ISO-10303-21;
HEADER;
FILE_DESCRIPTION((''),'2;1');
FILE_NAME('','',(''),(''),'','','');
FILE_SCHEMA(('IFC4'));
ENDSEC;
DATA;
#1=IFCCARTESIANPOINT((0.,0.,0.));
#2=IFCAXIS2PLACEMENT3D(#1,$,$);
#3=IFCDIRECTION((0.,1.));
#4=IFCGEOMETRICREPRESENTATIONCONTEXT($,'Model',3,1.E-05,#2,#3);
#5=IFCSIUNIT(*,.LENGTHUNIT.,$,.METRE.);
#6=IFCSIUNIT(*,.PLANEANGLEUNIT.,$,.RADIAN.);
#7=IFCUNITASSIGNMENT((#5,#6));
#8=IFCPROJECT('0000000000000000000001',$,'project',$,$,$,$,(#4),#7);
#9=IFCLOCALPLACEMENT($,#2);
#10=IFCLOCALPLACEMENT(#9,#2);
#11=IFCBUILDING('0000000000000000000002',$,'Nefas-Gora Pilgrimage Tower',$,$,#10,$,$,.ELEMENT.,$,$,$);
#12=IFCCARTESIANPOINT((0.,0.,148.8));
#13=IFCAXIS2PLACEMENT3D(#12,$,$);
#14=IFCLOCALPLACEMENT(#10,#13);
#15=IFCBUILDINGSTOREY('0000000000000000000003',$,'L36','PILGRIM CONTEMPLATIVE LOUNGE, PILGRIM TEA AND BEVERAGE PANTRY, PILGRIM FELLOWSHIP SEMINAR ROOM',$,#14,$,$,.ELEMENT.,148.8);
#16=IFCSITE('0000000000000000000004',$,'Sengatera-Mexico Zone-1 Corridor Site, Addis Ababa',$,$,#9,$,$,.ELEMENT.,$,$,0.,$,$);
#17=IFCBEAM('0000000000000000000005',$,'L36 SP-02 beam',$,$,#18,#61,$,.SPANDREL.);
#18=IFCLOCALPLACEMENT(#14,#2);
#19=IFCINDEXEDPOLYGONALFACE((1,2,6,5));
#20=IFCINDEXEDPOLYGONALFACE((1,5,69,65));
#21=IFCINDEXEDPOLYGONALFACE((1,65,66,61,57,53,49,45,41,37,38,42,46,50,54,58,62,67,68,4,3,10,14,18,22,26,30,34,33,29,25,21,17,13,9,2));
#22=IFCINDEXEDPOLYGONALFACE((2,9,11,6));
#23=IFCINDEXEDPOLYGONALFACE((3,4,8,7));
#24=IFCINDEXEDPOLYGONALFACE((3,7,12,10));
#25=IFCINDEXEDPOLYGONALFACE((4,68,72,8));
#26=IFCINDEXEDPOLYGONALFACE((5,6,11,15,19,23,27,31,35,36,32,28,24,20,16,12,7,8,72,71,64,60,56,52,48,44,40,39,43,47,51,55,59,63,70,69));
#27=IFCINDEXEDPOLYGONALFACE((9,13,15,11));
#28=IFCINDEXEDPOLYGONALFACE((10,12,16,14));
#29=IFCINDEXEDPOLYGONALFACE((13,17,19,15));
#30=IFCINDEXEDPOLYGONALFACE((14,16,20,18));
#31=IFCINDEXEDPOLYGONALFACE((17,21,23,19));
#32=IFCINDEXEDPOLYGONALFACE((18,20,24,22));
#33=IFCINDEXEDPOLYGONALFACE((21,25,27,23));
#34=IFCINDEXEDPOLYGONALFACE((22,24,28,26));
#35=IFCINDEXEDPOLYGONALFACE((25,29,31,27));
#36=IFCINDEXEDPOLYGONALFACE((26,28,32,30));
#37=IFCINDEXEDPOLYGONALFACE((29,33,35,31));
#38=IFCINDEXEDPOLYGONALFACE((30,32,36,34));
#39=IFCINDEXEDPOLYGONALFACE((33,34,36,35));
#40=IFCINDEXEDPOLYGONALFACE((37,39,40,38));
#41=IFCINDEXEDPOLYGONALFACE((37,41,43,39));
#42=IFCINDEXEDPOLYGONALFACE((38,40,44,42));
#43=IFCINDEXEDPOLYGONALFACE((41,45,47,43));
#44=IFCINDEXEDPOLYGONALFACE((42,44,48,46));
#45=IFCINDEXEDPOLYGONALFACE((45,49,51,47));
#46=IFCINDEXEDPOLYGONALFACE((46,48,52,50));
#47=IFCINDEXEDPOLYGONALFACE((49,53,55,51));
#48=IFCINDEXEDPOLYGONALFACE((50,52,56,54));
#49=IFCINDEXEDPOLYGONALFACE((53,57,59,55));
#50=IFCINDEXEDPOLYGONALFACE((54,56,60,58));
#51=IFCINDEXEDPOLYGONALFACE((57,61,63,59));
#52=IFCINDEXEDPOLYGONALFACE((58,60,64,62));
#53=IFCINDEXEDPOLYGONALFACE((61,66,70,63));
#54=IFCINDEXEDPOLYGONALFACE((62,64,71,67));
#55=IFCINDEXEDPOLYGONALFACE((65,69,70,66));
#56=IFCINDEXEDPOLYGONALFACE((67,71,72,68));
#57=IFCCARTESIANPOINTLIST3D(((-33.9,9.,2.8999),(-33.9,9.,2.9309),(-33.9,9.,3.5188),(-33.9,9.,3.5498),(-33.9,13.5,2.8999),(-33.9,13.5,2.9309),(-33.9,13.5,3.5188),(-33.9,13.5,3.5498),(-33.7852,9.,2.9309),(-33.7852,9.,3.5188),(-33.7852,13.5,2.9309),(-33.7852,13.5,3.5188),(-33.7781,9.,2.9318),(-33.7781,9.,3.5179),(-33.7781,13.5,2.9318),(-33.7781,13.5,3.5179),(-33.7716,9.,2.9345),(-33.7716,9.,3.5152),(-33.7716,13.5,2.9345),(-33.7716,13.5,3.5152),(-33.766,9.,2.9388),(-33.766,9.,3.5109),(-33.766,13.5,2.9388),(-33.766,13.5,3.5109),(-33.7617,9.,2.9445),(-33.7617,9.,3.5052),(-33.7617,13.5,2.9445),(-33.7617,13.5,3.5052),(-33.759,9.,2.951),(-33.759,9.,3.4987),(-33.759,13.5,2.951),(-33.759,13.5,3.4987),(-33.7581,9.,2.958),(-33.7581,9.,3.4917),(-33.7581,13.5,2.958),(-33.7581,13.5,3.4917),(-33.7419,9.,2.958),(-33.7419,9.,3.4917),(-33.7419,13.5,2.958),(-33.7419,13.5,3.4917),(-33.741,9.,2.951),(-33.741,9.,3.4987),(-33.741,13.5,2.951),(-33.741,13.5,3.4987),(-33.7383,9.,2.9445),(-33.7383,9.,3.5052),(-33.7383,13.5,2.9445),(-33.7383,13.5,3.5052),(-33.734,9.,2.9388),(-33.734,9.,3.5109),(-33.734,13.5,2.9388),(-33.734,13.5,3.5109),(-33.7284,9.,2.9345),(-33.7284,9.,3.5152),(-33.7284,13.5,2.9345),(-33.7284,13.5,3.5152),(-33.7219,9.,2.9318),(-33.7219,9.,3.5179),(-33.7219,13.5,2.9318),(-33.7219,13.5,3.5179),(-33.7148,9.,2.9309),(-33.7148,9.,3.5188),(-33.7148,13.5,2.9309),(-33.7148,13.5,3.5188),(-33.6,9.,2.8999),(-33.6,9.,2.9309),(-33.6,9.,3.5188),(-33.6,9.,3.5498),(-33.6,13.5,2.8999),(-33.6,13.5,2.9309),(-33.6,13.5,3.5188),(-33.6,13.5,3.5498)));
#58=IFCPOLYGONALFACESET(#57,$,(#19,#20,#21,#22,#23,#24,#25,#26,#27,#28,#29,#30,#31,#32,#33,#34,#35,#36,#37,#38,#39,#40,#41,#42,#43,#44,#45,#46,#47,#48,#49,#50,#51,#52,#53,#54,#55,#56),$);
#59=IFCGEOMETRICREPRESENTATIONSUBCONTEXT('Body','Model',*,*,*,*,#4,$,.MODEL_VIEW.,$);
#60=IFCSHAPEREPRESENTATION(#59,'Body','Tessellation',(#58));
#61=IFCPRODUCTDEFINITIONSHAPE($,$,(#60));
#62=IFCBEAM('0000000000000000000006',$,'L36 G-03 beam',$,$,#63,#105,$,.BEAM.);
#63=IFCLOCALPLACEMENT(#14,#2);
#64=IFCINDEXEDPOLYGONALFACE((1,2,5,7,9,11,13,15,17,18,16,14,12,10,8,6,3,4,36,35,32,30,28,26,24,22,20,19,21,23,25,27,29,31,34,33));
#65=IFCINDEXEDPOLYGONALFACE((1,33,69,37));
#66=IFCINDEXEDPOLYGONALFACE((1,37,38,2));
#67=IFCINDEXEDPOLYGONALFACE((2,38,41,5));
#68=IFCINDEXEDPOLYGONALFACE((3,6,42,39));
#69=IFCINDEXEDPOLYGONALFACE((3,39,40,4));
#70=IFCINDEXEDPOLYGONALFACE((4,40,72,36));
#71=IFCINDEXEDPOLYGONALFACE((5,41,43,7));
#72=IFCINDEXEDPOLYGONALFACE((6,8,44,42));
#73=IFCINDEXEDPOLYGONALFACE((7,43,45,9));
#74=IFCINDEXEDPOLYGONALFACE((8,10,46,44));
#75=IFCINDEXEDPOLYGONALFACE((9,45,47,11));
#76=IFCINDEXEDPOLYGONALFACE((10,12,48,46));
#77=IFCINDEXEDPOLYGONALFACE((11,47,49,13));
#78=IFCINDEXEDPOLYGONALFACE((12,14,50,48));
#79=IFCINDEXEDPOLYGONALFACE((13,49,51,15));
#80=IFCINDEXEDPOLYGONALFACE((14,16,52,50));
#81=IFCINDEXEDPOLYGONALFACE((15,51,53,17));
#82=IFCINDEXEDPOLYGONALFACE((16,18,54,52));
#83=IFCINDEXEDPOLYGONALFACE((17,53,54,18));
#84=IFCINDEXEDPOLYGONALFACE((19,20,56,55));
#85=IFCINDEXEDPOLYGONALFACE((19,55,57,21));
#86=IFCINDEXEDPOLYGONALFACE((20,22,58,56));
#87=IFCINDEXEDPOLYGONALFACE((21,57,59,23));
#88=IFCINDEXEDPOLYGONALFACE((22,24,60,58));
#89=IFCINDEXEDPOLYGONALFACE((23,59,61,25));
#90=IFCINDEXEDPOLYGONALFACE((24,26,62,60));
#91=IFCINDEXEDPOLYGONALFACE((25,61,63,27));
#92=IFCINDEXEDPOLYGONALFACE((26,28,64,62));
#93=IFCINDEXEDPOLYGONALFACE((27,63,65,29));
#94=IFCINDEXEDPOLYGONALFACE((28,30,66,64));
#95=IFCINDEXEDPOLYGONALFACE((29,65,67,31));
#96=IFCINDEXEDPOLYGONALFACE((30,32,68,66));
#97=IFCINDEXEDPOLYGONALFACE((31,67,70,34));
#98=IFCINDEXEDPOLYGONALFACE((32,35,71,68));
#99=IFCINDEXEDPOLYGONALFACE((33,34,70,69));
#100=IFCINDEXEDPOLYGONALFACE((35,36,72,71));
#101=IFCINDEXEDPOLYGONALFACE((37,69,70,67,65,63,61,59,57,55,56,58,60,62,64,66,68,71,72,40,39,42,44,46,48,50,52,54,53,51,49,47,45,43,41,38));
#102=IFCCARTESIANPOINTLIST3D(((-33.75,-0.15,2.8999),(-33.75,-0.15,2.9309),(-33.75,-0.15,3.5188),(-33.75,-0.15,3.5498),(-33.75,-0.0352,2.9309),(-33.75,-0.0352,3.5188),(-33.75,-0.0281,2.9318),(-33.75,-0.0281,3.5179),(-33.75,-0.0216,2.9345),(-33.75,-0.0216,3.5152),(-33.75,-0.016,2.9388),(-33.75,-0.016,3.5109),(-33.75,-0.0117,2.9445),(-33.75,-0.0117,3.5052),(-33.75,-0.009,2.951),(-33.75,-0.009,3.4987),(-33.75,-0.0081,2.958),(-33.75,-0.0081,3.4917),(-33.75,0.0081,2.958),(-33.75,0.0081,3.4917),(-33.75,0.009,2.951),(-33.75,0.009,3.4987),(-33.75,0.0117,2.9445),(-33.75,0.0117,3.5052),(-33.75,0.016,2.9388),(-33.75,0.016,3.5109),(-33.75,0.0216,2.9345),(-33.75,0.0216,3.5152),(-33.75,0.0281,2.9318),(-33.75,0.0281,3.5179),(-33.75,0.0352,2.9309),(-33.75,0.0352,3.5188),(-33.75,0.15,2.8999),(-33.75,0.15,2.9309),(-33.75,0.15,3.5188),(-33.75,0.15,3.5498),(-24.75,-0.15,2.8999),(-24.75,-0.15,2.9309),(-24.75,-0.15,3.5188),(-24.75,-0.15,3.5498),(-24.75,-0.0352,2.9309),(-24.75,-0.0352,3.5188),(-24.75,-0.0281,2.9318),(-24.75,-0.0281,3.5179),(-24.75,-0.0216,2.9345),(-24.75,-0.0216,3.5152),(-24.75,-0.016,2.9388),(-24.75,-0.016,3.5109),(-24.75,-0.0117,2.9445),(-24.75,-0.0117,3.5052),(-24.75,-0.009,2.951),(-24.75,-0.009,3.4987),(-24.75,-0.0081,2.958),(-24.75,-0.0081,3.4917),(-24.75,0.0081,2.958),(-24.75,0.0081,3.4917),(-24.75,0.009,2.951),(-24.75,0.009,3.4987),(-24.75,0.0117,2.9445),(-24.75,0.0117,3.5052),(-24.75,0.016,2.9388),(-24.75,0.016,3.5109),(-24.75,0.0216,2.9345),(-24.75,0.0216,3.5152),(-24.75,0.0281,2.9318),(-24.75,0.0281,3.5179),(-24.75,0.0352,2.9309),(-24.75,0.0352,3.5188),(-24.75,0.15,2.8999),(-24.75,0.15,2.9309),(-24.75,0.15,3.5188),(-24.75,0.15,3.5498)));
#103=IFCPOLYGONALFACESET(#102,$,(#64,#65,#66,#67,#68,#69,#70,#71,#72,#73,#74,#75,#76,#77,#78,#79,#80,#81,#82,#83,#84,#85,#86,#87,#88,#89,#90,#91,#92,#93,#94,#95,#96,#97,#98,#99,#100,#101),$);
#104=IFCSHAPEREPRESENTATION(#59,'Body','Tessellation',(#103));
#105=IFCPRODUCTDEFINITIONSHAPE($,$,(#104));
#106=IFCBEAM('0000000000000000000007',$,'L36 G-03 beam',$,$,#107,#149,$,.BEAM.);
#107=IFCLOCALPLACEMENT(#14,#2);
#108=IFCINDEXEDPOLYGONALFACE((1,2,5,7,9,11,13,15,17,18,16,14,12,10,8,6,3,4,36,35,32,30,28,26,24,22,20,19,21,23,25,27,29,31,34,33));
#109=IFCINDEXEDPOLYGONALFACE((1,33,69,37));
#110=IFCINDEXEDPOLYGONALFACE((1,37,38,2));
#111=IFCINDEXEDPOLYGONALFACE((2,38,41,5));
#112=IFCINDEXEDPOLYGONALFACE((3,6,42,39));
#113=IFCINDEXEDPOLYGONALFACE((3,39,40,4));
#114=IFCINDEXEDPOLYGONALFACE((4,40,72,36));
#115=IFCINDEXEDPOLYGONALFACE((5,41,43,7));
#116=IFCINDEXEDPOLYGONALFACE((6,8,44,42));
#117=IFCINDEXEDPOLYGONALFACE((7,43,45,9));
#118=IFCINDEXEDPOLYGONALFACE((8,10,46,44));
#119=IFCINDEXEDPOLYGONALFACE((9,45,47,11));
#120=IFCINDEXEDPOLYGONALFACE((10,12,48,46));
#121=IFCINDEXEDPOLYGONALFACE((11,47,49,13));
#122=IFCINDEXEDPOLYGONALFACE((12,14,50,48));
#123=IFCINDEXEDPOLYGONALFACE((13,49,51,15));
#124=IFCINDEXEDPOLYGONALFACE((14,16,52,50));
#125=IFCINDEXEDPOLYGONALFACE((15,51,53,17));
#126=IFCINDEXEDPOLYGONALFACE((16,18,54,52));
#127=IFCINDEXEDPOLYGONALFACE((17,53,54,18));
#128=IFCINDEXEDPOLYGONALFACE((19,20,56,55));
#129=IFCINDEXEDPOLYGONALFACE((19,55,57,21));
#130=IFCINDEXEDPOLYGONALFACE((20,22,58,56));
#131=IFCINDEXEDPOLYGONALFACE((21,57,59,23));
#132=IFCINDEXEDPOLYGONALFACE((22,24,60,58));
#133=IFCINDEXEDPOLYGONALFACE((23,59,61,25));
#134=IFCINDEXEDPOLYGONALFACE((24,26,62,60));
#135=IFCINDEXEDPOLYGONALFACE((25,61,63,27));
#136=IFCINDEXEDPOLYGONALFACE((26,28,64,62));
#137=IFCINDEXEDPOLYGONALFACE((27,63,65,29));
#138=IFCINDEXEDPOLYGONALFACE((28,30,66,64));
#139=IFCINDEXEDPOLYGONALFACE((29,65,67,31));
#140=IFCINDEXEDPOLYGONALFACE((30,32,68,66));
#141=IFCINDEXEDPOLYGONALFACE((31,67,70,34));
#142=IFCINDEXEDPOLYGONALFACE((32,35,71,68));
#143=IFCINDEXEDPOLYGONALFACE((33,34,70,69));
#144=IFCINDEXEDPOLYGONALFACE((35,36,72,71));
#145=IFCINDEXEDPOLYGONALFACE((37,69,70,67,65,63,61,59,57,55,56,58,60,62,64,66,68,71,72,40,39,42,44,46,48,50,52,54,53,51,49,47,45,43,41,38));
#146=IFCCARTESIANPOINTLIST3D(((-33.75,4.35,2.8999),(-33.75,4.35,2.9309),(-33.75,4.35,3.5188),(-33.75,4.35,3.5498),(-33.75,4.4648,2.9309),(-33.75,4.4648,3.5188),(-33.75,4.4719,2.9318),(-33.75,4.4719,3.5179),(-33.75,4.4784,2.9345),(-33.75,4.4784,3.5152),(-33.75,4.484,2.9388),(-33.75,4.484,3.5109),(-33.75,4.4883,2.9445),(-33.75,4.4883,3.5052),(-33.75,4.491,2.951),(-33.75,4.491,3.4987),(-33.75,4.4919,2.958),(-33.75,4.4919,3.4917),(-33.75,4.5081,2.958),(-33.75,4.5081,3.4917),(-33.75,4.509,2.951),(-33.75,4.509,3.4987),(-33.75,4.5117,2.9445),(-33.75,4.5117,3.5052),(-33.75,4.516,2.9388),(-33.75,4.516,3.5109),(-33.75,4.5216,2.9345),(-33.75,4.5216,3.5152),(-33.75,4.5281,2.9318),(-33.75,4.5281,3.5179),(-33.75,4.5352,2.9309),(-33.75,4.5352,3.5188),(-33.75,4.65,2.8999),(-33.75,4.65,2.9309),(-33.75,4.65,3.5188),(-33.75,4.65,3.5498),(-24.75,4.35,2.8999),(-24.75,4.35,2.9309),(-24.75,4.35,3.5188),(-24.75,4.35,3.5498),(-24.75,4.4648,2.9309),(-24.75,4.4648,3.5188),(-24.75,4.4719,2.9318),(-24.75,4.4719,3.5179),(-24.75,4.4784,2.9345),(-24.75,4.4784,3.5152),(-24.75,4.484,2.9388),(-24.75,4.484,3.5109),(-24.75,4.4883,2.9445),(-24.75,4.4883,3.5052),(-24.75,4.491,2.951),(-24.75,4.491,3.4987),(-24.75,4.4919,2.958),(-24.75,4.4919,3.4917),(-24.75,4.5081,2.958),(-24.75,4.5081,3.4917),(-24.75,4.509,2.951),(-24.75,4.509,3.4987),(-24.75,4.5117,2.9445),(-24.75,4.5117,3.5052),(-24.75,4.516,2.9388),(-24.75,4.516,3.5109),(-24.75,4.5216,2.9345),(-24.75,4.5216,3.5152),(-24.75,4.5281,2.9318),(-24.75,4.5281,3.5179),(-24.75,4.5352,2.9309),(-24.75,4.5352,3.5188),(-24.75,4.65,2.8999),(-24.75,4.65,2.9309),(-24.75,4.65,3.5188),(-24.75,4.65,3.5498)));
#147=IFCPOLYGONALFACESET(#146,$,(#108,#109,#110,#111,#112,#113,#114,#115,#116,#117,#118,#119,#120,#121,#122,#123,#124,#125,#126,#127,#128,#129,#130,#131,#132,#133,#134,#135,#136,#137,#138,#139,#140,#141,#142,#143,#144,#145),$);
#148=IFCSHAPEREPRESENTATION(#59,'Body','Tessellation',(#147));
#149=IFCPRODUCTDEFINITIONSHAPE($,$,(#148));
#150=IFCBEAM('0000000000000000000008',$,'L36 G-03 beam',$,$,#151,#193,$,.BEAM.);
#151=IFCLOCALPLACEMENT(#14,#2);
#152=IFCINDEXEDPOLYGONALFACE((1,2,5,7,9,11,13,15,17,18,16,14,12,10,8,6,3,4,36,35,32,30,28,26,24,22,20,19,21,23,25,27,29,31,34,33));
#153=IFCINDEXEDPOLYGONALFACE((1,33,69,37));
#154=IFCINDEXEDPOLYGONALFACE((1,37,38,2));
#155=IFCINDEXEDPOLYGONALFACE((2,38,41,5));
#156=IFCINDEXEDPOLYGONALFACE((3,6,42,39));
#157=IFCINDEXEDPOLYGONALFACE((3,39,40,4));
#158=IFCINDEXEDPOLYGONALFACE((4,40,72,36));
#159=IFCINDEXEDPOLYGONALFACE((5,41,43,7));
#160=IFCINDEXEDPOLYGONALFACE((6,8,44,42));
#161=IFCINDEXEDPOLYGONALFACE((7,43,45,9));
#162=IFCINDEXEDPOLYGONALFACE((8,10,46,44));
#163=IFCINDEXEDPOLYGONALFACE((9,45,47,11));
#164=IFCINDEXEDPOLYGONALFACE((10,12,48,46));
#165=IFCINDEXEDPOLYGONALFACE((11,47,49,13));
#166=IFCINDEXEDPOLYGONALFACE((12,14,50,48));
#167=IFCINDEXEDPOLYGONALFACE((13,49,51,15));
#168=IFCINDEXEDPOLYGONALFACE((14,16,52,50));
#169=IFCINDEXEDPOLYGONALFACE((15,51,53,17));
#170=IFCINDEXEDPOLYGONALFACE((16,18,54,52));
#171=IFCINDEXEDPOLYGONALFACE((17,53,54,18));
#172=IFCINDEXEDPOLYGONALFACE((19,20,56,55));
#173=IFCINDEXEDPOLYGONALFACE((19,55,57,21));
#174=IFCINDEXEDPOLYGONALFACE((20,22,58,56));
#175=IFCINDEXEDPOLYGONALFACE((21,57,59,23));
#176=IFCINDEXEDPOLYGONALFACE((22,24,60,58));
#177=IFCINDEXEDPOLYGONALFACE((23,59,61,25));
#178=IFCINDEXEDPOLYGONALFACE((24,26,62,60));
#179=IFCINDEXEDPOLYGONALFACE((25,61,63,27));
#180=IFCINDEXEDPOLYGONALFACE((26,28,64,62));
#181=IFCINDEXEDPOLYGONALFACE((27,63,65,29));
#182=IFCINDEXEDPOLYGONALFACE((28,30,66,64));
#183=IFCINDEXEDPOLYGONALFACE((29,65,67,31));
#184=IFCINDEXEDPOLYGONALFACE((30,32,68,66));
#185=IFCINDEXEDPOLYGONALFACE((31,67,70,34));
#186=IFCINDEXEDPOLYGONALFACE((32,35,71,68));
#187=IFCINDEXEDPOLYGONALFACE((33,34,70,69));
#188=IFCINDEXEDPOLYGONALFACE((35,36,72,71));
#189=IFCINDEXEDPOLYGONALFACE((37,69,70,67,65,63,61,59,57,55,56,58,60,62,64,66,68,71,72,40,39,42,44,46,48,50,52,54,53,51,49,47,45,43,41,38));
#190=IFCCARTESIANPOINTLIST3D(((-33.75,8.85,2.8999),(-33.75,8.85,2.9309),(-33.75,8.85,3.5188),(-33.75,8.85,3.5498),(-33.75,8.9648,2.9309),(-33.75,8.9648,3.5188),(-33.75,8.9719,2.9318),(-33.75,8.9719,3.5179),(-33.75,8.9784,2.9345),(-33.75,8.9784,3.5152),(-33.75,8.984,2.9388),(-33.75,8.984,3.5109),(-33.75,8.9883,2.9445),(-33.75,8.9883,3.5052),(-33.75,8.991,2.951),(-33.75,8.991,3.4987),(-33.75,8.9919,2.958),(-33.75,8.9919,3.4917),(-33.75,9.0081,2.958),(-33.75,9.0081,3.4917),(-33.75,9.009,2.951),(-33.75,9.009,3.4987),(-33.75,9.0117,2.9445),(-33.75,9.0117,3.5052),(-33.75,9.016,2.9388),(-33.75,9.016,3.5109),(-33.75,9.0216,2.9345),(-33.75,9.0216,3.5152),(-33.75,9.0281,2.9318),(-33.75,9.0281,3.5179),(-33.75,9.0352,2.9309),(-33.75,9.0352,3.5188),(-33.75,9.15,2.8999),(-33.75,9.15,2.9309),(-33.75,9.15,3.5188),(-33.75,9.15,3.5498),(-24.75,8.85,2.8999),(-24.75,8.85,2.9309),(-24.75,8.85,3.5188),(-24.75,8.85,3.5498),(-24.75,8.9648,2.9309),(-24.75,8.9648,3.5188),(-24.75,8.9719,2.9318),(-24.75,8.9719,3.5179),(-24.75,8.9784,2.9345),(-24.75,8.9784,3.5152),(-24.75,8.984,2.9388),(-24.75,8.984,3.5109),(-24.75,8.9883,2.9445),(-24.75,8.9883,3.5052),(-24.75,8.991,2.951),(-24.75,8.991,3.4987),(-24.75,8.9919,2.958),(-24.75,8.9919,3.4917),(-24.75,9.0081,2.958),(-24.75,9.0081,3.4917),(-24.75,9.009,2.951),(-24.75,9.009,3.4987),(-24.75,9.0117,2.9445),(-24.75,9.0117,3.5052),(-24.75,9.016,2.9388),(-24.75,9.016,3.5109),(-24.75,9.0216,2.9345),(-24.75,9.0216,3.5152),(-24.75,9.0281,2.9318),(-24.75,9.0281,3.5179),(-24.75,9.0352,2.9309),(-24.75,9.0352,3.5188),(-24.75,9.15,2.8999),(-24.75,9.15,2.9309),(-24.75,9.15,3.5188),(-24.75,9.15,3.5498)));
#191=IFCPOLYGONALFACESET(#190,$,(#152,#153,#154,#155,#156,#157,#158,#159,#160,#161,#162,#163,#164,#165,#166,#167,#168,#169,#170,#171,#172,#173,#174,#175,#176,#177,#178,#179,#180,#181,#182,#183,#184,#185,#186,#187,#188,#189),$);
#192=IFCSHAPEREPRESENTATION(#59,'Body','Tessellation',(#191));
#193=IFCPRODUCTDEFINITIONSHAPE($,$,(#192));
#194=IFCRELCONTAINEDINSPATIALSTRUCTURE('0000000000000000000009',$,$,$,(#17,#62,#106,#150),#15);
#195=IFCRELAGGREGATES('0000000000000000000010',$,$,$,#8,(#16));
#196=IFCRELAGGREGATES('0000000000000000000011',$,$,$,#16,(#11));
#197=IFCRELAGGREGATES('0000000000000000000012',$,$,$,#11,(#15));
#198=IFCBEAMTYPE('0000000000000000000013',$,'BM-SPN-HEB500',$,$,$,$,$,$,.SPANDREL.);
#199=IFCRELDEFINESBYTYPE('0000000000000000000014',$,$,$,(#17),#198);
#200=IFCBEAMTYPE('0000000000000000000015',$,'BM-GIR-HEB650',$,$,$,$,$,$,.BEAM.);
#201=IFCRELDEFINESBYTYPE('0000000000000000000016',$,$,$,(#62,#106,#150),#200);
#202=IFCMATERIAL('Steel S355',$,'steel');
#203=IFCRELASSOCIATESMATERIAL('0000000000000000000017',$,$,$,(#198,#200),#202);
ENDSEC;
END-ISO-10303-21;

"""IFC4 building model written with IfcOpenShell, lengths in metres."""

from ifc_helpers import new_model, si_unit, direction, frame, origin, origin_2d, place, context, subcontext, project, spatial, i_section, extrude, source, transform, mapped, material, material_profile, profile_set, type_object, element, save


model = new_model("IFC4")

# Units and contexts
model_context = context("Model", 3, precision=1e-05, world=origin(), true_north=direction((0.0, 1.0)))
body_context = subcontext(model_context, "Body", "Model", "MODEL_VIEW")
ifc_project = project(units=[si_unit("LENGTHUNIT", "METRE"), si_unit("PLANEANGLEUNIT", "RADIAN")], contexts=[model_context])

# Site, building, storey
site_placement = place(None, origin())
site = spatial("IfcSite", under=ifc_project, at=site_placement, Name="Sengatera-Mexico Zone-1 Corridor Site, Addis Ababa", CompositionType="ELEMENT", RefElevation=0.0)
building_placement = place(site_placement, origin())
building = spatial("IfcBuilding", under=site, at=building_placement, Name="Nefas-Gora Pilgrimage Tower", CompositionType="ELEMENT")
storey_placement = place(building_placement, frame((0.0, 0.0, 148.8)))
storey = spatial("IfcBuildingStorey", under=building, at=storey_placement, Name="L36", Description="PILGRIM CONTEMPLATIVE LOUNGE, PILGRIM TEA AND BEVERAGE PANTRY, PILGRIM FELLOWSHIP SEMINAR ROOM", CompositionType="ELEMENT", Elevation=148.8)

# Beams
ifc_material_1 = material(Name="Steel S355", Category="steel")
ifc_material_profile_1 = material_profile(ifc_material_1, i_section(OverallWidth=0.3, OverallDepth=0.6499, WebThickness=0.0161, FlangeThickness=0.031, FilletRadius=0.0271, at=origin_2d()), Name="HEB 650")
ifc_profile_set_1 = profile_set([ifc_material_profile_1], Name="Steel S355")
beam_type_1 = type_object("IfcBeamType", Name="BM-SPN-HEB500", PredefinedType="SPANDREL", material=ifc_profile_set_1)
shared_shape_1 = source(origin(), body_context, "Body", "SweptSolid", [
    extrude(i_section(OverallWidth=0.3, OverallDepth=0.6499, WebThickness=0.0161, FlangeThickness=0.031, FilletRadius=0.0271, at=origin_2d()), origin(), (0.0, 0.0, 1.0), 4.5),
])
for number, where, z_axis, x_axis, name in (
    (1, (-33.75, 9.0, 3.2249), (0.0, 1.0, 0.0), (-1.0, 0.0, 0.0), "L36 SP-02 beam"),
):
    element("IfcBeam", number, at=place(storey_placement, frame(where, z_axis=z_axis, x_axis=x_axis)), inside=storey, type_object=beam_type_1, Name=name, PredefinedType="SPANDREL", context=body_context, shape_type="MappedRepresentation", body=[
        mapped(shared_shape_1, transform((0.0, 0.0, 0.0), x_axis=(1.0, 0.0, 0.0), y_axis=(0.0, 1.0, 0.0), z_axis=(0.0, 0.0, 1.0), scale=1.0)),
    ])
ifc_material_profile_2 = material_profile(ifc_material_1, i_section(OverallWidth=0.3, OverallDepth=0.6499, WebThickness=0.0161, FlangeThickness=0.031, FilletRadius=0.0271, at=origin_2d()), Name="HEB 650")
ifc_profile_set_2 = profile_set([ifc_material_profile_2], Name="Steel S355")
beam_type_2 = type_object("IfcBeamType", Name="BM-GIR-HEB650", PredefinedType="BEAM", material=ifc_profile_set_2)
shared_shape_2 = source(origin(), body_context, "Body", "SweptSolid", [
    extrude(i_section(OverallWidth=0.3, OverallDepth=0.6499, WebThickness=0.0161, FlangeThickness=0.031, FilletRadius=0.0271, at=origin_2d()), origin(), (0.0, 0.0, 1.0), 9.0),
])
for number, where, z_axis, x_axis, name in (
    (2, (-33.75, 0.0, 3.2249), (1.0, 0.0, 0.0), (0.0, 1.0, 0.0), "L36 G-03 beam"),
    (3, (-33.75, 4.5, 3.2249), (1.0, 0.0, 0.0), (0.0, 1.0, 0.0), "L36 G-03 beam"),
    (4, (-33.75, 9.0, 3.2249), (1.0, 0.0, 0.0), (0.0, 1.0, 0.0), "L36 G-03 beam"),
):
    element("IfcBeam", number, at=place(storey_placement, frame(where, z_axis=z_axis, x_axis=x_axis)), inside=storey, type_object=beam_type_2, Name=name, PredefinedType="BEAM", context=body_context, shape_type="MappedRepresentation", body=[
        mapped(shared_shape_2, transform((0.0, 0.0, 0.0), x_axis=(1.0, 0.0, 0.0), y_axis=(0.0, 1.0, 0.0), z_axis=(0.0, 0.0, 1.0), scale=1.0)),
    ])

save(model, "model.ifc")
